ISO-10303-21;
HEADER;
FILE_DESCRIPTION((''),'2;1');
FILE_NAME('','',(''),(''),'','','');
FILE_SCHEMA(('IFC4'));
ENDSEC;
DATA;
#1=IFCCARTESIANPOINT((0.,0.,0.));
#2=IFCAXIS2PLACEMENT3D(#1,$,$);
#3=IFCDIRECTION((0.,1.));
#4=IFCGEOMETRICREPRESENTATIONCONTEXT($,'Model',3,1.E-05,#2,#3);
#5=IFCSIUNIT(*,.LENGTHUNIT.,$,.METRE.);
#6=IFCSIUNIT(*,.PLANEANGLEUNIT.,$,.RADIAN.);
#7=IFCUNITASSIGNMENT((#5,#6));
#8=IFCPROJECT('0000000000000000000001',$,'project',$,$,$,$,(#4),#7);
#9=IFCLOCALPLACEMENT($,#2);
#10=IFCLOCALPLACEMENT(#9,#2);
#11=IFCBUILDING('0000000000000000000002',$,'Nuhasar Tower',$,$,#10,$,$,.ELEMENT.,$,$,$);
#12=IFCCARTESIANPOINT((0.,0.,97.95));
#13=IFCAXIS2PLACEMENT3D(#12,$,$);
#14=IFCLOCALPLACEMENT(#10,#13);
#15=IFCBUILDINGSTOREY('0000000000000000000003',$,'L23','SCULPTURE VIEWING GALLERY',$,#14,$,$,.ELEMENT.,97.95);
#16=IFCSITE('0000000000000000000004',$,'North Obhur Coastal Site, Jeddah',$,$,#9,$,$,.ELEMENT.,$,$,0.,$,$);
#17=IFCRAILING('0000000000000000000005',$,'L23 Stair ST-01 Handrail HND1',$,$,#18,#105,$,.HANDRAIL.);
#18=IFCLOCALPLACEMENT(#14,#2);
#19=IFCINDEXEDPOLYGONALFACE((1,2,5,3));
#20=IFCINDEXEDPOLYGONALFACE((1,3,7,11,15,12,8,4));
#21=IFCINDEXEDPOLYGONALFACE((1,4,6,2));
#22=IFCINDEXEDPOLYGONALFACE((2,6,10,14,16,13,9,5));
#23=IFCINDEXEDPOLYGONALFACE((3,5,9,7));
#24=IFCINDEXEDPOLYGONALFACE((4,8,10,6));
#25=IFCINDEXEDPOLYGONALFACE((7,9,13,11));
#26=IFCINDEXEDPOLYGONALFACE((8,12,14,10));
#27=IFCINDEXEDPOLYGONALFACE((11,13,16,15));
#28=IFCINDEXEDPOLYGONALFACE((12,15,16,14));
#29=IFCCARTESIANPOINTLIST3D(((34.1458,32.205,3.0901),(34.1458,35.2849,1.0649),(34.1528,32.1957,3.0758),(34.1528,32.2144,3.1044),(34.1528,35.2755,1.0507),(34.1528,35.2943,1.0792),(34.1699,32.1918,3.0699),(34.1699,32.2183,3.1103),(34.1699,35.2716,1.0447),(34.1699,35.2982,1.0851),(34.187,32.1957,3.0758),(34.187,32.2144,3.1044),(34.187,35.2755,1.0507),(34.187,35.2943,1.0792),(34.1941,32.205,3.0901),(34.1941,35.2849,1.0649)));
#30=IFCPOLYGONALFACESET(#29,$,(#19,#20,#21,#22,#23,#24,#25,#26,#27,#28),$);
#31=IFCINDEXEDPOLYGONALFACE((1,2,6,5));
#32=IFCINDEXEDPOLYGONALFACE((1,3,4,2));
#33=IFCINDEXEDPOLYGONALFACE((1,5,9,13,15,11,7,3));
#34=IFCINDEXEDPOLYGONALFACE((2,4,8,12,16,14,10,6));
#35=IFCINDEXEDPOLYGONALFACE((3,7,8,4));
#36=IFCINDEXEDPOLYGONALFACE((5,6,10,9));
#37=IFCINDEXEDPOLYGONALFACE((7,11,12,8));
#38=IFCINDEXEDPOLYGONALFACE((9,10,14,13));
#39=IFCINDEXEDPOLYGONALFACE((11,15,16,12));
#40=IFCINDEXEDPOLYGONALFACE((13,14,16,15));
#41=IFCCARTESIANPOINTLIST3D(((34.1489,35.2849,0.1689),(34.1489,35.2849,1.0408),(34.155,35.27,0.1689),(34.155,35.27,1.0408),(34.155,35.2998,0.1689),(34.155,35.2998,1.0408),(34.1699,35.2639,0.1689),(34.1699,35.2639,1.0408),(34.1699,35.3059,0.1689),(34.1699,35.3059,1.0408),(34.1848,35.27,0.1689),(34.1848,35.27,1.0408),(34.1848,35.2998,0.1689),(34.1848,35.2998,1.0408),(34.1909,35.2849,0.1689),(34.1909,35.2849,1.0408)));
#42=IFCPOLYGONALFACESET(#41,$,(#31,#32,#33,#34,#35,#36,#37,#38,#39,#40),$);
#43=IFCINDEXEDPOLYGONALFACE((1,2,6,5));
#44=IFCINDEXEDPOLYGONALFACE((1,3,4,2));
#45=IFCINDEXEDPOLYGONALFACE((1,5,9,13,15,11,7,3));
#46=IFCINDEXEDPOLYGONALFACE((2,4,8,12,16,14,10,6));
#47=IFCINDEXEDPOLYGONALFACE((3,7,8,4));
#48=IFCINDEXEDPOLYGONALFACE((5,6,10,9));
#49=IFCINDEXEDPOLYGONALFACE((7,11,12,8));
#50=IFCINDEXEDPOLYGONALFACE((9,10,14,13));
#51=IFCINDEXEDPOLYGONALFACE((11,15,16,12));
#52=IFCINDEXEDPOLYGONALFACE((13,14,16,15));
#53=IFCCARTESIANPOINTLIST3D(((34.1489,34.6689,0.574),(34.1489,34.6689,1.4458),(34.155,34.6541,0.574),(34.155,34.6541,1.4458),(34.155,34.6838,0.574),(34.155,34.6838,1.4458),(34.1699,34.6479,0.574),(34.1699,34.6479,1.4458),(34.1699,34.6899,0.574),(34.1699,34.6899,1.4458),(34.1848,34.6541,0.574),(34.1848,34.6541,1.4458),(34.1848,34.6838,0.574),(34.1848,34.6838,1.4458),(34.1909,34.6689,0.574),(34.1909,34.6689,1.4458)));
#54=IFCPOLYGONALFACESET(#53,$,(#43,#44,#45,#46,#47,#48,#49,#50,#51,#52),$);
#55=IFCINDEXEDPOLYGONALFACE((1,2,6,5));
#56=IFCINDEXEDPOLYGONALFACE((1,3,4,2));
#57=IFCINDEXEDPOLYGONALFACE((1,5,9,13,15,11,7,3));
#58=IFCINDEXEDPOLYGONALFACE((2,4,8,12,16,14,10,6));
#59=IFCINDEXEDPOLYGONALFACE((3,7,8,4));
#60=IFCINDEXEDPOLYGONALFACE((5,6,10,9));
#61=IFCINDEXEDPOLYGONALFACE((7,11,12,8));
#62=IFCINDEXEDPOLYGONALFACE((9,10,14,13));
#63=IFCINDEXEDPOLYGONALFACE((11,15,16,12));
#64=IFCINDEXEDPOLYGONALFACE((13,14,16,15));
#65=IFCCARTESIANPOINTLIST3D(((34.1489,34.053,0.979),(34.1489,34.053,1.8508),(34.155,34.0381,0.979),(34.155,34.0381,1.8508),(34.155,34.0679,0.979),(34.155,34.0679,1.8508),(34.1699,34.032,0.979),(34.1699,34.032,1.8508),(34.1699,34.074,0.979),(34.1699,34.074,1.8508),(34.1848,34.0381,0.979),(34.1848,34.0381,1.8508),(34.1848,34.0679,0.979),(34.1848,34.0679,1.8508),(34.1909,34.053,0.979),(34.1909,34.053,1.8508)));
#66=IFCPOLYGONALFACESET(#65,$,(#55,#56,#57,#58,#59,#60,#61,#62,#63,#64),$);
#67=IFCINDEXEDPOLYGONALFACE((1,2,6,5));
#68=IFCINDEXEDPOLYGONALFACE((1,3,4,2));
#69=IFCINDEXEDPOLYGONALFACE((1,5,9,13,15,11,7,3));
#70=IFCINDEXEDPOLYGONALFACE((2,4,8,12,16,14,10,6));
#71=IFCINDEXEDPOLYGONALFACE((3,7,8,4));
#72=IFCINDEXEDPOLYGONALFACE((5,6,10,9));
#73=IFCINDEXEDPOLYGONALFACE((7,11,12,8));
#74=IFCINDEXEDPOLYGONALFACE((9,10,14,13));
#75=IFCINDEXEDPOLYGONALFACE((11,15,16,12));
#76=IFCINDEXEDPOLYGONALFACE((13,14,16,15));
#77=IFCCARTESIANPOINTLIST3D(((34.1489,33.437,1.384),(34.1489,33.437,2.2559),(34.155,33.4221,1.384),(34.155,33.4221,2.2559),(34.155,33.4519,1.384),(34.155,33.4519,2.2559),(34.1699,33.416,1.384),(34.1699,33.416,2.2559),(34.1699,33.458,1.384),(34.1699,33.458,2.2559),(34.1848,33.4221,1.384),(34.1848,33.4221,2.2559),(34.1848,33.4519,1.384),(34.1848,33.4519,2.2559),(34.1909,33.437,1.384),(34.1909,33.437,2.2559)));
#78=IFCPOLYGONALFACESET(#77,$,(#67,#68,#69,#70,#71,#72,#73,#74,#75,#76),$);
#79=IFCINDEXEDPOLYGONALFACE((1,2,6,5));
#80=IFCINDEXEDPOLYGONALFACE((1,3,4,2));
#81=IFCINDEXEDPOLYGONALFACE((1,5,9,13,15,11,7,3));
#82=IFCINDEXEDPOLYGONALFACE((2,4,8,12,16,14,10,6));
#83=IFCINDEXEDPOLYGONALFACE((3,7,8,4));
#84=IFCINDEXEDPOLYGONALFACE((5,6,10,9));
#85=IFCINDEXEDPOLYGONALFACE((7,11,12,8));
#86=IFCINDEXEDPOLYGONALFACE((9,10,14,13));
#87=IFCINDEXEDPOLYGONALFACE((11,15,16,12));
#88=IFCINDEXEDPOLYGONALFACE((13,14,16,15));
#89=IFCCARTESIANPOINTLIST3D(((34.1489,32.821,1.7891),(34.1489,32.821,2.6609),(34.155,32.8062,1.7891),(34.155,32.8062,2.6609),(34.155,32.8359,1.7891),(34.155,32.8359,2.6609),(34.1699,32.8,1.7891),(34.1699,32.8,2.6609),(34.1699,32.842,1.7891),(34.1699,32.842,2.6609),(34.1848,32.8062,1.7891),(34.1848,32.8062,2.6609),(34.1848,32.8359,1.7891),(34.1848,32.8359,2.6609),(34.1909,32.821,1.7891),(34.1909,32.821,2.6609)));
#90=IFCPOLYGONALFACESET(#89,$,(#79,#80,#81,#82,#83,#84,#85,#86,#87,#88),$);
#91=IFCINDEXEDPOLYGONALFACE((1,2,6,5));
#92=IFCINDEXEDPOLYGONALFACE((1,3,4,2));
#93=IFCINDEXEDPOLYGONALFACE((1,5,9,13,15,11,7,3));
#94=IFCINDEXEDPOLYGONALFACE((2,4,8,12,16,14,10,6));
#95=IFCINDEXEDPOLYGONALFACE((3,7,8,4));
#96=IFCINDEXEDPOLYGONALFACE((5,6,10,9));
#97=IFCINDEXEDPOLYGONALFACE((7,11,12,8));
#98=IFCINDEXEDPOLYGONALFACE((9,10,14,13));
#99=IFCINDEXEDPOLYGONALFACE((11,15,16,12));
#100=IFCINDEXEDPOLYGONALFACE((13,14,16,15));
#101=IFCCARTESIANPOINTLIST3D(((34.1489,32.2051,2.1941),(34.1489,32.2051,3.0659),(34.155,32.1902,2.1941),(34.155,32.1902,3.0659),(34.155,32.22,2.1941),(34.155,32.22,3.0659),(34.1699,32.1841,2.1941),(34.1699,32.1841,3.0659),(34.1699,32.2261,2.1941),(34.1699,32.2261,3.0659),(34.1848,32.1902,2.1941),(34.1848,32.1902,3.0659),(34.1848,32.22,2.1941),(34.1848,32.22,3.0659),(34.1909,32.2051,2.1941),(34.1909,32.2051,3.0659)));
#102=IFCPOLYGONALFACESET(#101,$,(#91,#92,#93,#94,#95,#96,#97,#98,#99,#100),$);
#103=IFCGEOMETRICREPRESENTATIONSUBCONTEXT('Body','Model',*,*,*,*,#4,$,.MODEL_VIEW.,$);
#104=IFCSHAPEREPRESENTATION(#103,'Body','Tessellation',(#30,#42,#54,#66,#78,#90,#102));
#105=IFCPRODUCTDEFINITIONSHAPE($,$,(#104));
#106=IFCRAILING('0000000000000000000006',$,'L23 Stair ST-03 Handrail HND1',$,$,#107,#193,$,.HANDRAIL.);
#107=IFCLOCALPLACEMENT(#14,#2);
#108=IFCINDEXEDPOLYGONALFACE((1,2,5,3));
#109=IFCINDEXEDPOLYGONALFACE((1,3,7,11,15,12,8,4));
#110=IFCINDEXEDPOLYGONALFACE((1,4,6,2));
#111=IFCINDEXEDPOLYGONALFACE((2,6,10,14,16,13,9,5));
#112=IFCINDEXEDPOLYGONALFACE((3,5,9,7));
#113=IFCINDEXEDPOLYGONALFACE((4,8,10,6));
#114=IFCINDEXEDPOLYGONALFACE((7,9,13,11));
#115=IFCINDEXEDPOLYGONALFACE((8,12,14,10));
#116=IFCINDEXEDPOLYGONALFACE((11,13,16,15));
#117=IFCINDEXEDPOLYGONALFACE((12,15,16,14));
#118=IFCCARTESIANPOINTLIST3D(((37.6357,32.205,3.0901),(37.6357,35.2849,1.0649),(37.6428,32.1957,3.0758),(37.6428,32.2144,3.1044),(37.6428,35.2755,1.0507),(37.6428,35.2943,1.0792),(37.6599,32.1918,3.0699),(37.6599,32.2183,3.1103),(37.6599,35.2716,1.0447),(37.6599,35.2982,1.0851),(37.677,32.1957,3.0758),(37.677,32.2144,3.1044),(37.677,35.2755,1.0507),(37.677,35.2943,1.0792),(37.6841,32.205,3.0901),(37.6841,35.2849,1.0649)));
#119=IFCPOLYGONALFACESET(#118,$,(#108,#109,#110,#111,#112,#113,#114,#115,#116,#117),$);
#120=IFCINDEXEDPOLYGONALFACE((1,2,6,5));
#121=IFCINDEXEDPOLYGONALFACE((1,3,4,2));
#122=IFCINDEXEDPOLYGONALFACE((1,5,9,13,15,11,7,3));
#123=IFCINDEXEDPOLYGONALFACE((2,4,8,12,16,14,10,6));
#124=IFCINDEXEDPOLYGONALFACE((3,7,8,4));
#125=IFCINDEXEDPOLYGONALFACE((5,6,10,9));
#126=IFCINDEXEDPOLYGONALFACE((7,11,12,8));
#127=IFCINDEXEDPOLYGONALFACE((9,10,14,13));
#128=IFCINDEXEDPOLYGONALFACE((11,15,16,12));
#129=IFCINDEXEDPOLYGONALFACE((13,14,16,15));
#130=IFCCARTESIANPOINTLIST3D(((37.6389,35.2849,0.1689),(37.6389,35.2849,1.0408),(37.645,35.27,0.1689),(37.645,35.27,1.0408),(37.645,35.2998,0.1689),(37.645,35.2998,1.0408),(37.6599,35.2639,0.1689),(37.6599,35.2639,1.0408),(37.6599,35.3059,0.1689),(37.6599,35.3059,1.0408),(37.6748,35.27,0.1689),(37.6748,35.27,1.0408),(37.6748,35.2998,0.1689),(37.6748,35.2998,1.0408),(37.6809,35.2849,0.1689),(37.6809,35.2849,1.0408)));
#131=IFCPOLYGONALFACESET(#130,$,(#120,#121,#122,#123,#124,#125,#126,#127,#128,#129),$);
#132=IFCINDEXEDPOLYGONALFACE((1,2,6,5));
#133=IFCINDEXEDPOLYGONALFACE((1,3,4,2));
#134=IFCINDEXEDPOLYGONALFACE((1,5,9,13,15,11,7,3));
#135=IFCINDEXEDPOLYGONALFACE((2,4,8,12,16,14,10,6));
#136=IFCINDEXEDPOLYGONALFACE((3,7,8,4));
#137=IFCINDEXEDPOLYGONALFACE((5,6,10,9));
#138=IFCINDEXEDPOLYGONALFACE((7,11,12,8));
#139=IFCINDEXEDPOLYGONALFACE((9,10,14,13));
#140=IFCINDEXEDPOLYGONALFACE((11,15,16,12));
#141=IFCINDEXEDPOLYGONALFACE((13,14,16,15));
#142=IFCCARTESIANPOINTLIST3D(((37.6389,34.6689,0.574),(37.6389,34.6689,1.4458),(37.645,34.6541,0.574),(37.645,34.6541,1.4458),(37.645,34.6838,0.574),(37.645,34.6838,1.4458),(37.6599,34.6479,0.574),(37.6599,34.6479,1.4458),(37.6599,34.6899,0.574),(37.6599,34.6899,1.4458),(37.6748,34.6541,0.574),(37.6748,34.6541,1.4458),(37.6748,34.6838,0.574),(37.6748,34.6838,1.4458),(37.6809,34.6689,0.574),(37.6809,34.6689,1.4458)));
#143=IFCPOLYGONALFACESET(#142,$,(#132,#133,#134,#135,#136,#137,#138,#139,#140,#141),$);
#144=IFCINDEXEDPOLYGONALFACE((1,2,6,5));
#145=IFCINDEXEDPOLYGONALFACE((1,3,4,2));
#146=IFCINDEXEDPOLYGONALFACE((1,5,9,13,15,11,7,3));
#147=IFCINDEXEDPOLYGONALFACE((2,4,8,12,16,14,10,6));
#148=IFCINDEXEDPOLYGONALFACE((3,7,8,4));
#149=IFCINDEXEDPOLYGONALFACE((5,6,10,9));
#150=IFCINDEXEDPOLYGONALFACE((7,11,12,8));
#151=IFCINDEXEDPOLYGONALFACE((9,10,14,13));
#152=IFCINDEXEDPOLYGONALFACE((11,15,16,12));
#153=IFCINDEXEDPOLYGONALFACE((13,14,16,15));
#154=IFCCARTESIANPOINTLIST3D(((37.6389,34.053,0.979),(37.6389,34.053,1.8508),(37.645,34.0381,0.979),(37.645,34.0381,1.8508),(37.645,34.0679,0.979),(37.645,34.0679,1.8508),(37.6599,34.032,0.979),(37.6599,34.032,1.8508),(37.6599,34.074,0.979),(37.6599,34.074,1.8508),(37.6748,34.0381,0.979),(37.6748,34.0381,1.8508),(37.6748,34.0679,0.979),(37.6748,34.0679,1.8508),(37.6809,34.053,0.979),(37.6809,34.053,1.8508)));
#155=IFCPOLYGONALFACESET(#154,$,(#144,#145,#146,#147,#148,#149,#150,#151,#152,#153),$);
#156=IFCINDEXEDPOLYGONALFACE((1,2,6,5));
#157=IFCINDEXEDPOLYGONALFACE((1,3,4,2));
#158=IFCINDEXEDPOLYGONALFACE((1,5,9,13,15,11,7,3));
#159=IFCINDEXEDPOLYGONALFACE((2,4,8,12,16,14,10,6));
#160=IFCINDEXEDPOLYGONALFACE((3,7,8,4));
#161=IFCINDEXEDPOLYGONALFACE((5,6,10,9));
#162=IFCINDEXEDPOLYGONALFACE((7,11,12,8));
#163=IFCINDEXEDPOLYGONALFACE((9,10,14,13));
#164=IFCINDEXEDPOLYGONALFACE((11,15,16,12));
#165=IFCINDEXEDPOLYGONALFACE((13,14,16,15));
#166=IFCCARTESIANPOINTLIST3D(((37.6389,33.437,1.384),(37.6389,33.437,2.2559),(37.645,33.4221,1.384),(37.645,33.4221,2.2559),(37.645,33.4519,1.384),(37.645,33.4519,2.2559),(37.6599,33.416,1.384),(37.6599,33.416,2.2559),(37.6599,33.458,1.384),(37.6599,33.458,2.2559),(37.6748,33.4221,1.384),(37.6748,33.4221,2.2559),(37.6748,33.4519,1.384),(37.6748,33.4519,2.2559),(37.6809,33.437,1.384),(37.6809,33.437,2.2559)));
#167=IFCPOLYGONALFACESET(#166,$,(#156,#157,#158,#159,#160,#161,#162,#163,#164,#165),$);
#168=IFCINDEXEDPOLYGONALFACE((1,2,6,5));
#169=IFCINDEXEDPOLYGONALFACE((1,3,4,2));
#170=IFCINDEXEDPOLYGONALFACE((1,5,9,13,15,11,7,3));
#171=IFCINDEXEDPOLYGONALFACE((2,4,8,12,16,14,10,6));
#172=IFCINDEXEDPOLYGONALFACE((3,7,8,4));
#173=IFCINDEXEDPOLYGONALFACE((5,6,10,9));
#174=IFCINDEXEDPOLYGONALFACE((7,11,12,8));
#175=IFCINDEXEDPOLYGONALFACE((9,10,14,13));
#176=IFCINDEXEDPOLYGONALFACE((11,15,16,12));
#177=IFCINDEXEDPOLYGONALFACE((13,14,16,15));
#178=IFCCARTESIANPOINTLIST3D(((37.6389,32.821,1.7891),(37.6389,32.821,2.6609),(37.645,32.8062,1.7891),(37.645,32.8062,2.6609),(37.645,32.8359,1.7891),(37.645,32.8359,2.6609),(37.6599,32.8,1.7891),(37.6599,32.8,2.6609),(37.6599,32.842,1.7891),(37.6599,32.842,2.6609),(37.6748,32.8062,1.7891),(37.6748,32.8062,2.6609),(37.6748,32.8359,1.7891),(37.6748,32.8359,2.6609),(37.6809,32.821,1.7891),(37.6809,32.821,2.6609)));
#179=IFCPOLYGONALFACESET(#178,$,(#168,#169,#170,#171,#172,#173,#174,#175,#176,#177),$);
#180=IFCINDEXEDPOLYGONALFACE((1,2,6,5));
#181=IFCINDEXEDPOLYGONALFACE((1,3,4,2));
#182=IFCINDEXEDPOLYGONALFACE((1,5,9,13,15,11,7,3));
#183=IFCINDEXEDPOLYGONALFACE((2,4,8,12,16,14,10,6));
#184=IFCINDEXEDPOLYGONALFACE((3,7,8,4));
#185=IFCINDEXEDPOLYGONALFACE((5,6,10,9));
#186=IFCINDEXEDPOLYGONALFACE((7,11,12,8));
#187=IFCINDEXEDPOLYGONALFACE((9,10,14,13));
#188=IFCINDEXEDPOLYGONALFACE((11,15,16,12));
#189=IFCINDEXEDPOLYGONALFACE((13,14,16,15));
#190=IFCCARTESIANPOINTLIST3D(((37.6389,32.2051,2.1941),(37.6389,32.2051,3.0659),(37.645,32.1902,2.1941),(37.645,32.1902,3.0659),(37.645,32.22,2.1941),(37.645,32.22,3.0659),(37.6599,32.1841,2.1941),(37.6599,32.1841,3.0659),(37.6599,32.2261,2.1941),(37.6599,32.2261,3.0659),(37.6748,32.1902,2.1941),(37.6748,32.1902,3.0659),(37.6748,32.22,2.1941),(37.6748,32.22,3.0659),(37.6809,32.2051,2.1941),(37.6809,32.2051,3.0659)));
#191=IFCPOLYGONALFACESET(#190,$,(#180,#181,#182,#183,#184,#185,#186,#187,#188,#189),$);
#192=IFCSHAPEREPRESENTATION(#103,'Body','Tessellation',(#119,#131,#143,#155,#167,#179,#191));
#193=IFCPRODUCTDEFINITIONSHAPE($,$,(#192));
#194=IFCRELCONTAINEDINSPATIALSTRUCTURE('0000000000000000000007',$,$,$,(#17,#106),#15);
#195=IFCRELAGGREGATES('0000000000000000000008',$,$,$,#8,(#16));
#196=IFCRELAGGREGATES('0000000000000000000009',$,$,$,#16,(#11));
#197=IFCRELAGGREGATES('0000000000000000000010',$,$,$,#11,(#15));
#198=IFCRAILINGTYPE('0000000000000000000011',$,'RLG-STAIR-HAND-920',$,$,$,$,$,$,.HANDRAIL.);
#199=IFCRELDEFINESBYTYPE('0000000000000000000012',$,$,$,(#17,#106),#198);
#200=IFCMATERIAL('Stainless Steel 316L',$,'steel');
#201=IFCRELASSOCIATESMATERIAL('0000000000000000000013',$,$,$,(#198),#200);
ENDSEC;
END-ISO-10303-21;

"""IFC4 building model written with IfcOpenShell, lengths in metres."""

from ifc_helpers import new_model, si_unit, direction, frame, origin, place, context, subcontext, project, spatial, polyline, outline, extrude, material, type_object, element, save


model = new_model("IFC4")

# Units and contexts
model_context = context("Model", 3, precision=1e-05, world=origin(), true_north=direction((0.0, 1.0)))
body_context = subcontext(model_context, "Body", "Model", "MODEL_VIEW")
ifc_project = project(units=[si_unit("LENGTHUNIT", "METRE"), si_unit("PLANEANGLEUNIT", "RADIAN")], contexts=[model_context])

# Site, building, storey
site_placement = place(None, origin())
site = spatial("IfcSite", under=ifc_project, at=site_placement, Name="North Obhur Coastal Site, Jeddah", CompositionType="ELEMENT", RefElevation=0.0)
building_placement = place(site_placement, origin())
building = spatial("IfcBuilding", under=site, at=building_placement, Name="Nuhasar Tower", CompositionType="ELEMENT")
storey_placement = place(building_placement, frame((0.0, 0.0, 97.95)))
storey = spatial("IfcBuildingStorey", under=building, at=storey_placement, Name="L23", Description="SCULPTURE VIEWING GALLERY", CompositionType="ELEMENT", Elevation=97.95)

# Railings
ifc_material_1 = material(Name="Stainless Steel 316L", Category="steel")
railing_type_1 = type_object("IfcRailingType", Name="RLG-STAIR-HAND-920", PredefinedType="HANDRAIL", material=ifc_material_1)
railing_1_placement = place(storey_placement, frame((34.1699, 35.2849, 0.1689)))
element("IfcRailing", 1, at=railing_1_placement, inside=storey, type_object=railing_type_1, Name="L23 Stair ST-01 Handrail HND1", PredefinedType="HANDRAIL", context=body_context, shape_type="SweptSolid", body=[
    extrude(outline(polyline([(0.0242, 0.0), (0.0171, 0.0171), (0.0, 0.0242), (-0.0171, 0.0171), (-0.0242, 0.0), (-0.0171, -0.0171), (0.0, -0.0242), (0.0171, -0.0171), (0.0242, 0.0)])), frame((0.0, 0.0, 0.896), z_axis=(0.0, -0.835549, 0.549416), x_axis=(1.0, 0.0, 0.0)), (0.0, 0.0, 1.0), 3.686),
    extrude(outline(polyline([(0.021, 0.0), (0.0149, 0.0149), (0.0, 0.021), (-0.0149, 0.0149), (-0.021, 0.0), (-0.0149, -0.0149), (0.0, -0.021), (0.0149, -0.0149), (0.021, 0.0)])), origin(), (0.0, 0.0, 1.0), 0.8718),
    extrude(outline(polyline([(0.021, 0.0), (0.0149, 0.0149), (0.0, 0.021), (-0.0149, 0.0149), (-0.021, 0.0), (-0.0149, -0.0149), (0.0, -0.021), (0.0149, -0.0149), (0.021, 0.0)])), frame((0.0, -0.616, 0.405)), (0.0, 0.0, 1.0), 0.8718),
    extrude(outline(polyline([(0.021, 0.0), (0.0149, 0.0149), (0.0, 0.021), (-0.0149, 0.0149), (-0.021, 0.0), (-0.0149, -0.0149), (0.0, -0.021), (0.0149, -0.0149), (0.021, 0.0)])), frame((0.0, -1.2319, 0.8101)), (0.0, 0.0, 1.0), 0.8718),
    extrude(outline(polyline([(0.021, 0.0), (0.0149, 0.0149), (0.0, 0.021), (-0.0149, 0.0149), (-0.021, 0.0), (-0.0149, -0.0149), (0.0, -0.021), (0.0149, -0.0149), (0.021, 0.0)])), frame((0.0, -1.8479, 1.2151)), (0.0, 0.0, 1.0), 0.8718),
    extrude(outline(polyline([(0.021, 0.0), (0.0149, 0.0149), (0.0, 0.021), (-0.0149, 0.0149), (-0.021, 0.0), (-0.0149, -0.0149), (0.0, -0.021), (0.0149, -0.0149), (0.021, 0.0)])), frame((0.0, -2.4639, 1.6201)), (0.0, 0.0, 1.0), 0.8718),
    extrude(outline(polyline([(0.021, 0.0), (0.0149, 0.0149), (0.0, 0.021), (-0.0149, 0.0149), (-0.021, 0.0), (-0.0149, -0.0149), (0.0, -0.021), (0.0149, -0.0149), (0.021, 0.0)])), frame((0.0, -3.0798, 2.0251)), (0.0, 0.0, 1.0), 0.8718),
])
railing_2_placement = place(storey_placement, frame((37.6599, 35.2849, 0.1689)))
element("IfcRailing", 2, at=railing_2_placement, inside=storey, type_object=railing_type_1, Name="L23 Stair ST-03 Handrail HND1", PredefinedType="HANDRAIL", context=body_context, shape_type="SweptSolid", body=[
    extrude(outline(polyline([(0.0242, 0.0), (0.0171, 0.0171), (0.0, 0.0242), (-0.0171, 0.0171), (-0.0242, 0.0), (-0.0171, -0.0171), (0.0, -0.0242), (0.0171, -0.0171), (0.0242, 0.0)])), frame((0.0, 0.0, 0.896), z_axis=(0.0, -0.835549, 0.549416), x_axis=(1.0, 0.0, 0.0)), (0.0, 0.0, 1.0), 3.686),
    extrude(outline(polyline([(0.021, 0.0), (0.0149, 0.0149), (0.0, 0.021), (-0.0149, 0.0149), (-0.021, 0.0), (-0.0149, -0.0149), (0.0, -0.021), (0.0149, -0.0149), (0.021, 0.0)])), origin(), (0.0, 0.0, 1.0), 0.8718),
    extrude(outline(polyline([(0.021, 0.0), (0.0149, 0.0149), (0.0, 0.021), (-0.0149, 0.0149), (-0.021, 0.0), (-0.0149, -0.0149), (0.0, -0.021), (0.0149, -0.0149), (0.021, 0.0)])), frame((0.0, -0.616, 0.405)), (0.0, 0.0, 1.0), 0.8718),
    extrude(outline(polyline([(0.021, 0.0), (0.0149, 0.0149), (0.0, 0.021), (-0.0149, 0.0149), (-0.021, 0.0), (-0.0149, -0.0149), (0.0, -0.021), (0.0149, -0.0149), (0.021, 0.0)])), frame((0.0, -1.2319, 0.8101)), (0.0, 0.0, 1.0), 0.8718),
    extrude(outline(polyline([(0.021, 0.0), (0.0149, 0.0149), (0.0, 0.021), (-0.0149, 0.0149), (-0.021, 0.0), (-0.0149, -0.0149), (0.0, -0.021), (0.0149, -0.0149), (0.021, 0.0)])), frame((0.0, -1.8479, 1.2151)), (0.0, 0.0, 1.0), 0.8718),
    extrude(outline(polyline([(0.021, 0.0), (0.0149, 0.0149), (0.0, 0.021), (-0.0149, 0.0149), (-0.021, 0.0), (-0.0149, -0.0149), (0.0, -0.021), (0.0149, -0.0149), (0.021, 0.0)])), frame((0.0, -2.4639, 1.6201)), (0.0, 0.0, 1.0), 0.8718),
    extrude(outline(polyline([(0.021, 0.0), (0.0149, 0.0149), (0.0, 0.021), (-0.0149, 0.0149), (-0.021, 0.0), (-0.0149, -0.0149), (0.0, -0.021), (0.0149, -0.0149), (0.021, 0.0)])), frame((0.0, -3.0798, 2.0251)), (0.0, 0.0, 1.0), 0.8718),
])

save(model, "model.ifc")
